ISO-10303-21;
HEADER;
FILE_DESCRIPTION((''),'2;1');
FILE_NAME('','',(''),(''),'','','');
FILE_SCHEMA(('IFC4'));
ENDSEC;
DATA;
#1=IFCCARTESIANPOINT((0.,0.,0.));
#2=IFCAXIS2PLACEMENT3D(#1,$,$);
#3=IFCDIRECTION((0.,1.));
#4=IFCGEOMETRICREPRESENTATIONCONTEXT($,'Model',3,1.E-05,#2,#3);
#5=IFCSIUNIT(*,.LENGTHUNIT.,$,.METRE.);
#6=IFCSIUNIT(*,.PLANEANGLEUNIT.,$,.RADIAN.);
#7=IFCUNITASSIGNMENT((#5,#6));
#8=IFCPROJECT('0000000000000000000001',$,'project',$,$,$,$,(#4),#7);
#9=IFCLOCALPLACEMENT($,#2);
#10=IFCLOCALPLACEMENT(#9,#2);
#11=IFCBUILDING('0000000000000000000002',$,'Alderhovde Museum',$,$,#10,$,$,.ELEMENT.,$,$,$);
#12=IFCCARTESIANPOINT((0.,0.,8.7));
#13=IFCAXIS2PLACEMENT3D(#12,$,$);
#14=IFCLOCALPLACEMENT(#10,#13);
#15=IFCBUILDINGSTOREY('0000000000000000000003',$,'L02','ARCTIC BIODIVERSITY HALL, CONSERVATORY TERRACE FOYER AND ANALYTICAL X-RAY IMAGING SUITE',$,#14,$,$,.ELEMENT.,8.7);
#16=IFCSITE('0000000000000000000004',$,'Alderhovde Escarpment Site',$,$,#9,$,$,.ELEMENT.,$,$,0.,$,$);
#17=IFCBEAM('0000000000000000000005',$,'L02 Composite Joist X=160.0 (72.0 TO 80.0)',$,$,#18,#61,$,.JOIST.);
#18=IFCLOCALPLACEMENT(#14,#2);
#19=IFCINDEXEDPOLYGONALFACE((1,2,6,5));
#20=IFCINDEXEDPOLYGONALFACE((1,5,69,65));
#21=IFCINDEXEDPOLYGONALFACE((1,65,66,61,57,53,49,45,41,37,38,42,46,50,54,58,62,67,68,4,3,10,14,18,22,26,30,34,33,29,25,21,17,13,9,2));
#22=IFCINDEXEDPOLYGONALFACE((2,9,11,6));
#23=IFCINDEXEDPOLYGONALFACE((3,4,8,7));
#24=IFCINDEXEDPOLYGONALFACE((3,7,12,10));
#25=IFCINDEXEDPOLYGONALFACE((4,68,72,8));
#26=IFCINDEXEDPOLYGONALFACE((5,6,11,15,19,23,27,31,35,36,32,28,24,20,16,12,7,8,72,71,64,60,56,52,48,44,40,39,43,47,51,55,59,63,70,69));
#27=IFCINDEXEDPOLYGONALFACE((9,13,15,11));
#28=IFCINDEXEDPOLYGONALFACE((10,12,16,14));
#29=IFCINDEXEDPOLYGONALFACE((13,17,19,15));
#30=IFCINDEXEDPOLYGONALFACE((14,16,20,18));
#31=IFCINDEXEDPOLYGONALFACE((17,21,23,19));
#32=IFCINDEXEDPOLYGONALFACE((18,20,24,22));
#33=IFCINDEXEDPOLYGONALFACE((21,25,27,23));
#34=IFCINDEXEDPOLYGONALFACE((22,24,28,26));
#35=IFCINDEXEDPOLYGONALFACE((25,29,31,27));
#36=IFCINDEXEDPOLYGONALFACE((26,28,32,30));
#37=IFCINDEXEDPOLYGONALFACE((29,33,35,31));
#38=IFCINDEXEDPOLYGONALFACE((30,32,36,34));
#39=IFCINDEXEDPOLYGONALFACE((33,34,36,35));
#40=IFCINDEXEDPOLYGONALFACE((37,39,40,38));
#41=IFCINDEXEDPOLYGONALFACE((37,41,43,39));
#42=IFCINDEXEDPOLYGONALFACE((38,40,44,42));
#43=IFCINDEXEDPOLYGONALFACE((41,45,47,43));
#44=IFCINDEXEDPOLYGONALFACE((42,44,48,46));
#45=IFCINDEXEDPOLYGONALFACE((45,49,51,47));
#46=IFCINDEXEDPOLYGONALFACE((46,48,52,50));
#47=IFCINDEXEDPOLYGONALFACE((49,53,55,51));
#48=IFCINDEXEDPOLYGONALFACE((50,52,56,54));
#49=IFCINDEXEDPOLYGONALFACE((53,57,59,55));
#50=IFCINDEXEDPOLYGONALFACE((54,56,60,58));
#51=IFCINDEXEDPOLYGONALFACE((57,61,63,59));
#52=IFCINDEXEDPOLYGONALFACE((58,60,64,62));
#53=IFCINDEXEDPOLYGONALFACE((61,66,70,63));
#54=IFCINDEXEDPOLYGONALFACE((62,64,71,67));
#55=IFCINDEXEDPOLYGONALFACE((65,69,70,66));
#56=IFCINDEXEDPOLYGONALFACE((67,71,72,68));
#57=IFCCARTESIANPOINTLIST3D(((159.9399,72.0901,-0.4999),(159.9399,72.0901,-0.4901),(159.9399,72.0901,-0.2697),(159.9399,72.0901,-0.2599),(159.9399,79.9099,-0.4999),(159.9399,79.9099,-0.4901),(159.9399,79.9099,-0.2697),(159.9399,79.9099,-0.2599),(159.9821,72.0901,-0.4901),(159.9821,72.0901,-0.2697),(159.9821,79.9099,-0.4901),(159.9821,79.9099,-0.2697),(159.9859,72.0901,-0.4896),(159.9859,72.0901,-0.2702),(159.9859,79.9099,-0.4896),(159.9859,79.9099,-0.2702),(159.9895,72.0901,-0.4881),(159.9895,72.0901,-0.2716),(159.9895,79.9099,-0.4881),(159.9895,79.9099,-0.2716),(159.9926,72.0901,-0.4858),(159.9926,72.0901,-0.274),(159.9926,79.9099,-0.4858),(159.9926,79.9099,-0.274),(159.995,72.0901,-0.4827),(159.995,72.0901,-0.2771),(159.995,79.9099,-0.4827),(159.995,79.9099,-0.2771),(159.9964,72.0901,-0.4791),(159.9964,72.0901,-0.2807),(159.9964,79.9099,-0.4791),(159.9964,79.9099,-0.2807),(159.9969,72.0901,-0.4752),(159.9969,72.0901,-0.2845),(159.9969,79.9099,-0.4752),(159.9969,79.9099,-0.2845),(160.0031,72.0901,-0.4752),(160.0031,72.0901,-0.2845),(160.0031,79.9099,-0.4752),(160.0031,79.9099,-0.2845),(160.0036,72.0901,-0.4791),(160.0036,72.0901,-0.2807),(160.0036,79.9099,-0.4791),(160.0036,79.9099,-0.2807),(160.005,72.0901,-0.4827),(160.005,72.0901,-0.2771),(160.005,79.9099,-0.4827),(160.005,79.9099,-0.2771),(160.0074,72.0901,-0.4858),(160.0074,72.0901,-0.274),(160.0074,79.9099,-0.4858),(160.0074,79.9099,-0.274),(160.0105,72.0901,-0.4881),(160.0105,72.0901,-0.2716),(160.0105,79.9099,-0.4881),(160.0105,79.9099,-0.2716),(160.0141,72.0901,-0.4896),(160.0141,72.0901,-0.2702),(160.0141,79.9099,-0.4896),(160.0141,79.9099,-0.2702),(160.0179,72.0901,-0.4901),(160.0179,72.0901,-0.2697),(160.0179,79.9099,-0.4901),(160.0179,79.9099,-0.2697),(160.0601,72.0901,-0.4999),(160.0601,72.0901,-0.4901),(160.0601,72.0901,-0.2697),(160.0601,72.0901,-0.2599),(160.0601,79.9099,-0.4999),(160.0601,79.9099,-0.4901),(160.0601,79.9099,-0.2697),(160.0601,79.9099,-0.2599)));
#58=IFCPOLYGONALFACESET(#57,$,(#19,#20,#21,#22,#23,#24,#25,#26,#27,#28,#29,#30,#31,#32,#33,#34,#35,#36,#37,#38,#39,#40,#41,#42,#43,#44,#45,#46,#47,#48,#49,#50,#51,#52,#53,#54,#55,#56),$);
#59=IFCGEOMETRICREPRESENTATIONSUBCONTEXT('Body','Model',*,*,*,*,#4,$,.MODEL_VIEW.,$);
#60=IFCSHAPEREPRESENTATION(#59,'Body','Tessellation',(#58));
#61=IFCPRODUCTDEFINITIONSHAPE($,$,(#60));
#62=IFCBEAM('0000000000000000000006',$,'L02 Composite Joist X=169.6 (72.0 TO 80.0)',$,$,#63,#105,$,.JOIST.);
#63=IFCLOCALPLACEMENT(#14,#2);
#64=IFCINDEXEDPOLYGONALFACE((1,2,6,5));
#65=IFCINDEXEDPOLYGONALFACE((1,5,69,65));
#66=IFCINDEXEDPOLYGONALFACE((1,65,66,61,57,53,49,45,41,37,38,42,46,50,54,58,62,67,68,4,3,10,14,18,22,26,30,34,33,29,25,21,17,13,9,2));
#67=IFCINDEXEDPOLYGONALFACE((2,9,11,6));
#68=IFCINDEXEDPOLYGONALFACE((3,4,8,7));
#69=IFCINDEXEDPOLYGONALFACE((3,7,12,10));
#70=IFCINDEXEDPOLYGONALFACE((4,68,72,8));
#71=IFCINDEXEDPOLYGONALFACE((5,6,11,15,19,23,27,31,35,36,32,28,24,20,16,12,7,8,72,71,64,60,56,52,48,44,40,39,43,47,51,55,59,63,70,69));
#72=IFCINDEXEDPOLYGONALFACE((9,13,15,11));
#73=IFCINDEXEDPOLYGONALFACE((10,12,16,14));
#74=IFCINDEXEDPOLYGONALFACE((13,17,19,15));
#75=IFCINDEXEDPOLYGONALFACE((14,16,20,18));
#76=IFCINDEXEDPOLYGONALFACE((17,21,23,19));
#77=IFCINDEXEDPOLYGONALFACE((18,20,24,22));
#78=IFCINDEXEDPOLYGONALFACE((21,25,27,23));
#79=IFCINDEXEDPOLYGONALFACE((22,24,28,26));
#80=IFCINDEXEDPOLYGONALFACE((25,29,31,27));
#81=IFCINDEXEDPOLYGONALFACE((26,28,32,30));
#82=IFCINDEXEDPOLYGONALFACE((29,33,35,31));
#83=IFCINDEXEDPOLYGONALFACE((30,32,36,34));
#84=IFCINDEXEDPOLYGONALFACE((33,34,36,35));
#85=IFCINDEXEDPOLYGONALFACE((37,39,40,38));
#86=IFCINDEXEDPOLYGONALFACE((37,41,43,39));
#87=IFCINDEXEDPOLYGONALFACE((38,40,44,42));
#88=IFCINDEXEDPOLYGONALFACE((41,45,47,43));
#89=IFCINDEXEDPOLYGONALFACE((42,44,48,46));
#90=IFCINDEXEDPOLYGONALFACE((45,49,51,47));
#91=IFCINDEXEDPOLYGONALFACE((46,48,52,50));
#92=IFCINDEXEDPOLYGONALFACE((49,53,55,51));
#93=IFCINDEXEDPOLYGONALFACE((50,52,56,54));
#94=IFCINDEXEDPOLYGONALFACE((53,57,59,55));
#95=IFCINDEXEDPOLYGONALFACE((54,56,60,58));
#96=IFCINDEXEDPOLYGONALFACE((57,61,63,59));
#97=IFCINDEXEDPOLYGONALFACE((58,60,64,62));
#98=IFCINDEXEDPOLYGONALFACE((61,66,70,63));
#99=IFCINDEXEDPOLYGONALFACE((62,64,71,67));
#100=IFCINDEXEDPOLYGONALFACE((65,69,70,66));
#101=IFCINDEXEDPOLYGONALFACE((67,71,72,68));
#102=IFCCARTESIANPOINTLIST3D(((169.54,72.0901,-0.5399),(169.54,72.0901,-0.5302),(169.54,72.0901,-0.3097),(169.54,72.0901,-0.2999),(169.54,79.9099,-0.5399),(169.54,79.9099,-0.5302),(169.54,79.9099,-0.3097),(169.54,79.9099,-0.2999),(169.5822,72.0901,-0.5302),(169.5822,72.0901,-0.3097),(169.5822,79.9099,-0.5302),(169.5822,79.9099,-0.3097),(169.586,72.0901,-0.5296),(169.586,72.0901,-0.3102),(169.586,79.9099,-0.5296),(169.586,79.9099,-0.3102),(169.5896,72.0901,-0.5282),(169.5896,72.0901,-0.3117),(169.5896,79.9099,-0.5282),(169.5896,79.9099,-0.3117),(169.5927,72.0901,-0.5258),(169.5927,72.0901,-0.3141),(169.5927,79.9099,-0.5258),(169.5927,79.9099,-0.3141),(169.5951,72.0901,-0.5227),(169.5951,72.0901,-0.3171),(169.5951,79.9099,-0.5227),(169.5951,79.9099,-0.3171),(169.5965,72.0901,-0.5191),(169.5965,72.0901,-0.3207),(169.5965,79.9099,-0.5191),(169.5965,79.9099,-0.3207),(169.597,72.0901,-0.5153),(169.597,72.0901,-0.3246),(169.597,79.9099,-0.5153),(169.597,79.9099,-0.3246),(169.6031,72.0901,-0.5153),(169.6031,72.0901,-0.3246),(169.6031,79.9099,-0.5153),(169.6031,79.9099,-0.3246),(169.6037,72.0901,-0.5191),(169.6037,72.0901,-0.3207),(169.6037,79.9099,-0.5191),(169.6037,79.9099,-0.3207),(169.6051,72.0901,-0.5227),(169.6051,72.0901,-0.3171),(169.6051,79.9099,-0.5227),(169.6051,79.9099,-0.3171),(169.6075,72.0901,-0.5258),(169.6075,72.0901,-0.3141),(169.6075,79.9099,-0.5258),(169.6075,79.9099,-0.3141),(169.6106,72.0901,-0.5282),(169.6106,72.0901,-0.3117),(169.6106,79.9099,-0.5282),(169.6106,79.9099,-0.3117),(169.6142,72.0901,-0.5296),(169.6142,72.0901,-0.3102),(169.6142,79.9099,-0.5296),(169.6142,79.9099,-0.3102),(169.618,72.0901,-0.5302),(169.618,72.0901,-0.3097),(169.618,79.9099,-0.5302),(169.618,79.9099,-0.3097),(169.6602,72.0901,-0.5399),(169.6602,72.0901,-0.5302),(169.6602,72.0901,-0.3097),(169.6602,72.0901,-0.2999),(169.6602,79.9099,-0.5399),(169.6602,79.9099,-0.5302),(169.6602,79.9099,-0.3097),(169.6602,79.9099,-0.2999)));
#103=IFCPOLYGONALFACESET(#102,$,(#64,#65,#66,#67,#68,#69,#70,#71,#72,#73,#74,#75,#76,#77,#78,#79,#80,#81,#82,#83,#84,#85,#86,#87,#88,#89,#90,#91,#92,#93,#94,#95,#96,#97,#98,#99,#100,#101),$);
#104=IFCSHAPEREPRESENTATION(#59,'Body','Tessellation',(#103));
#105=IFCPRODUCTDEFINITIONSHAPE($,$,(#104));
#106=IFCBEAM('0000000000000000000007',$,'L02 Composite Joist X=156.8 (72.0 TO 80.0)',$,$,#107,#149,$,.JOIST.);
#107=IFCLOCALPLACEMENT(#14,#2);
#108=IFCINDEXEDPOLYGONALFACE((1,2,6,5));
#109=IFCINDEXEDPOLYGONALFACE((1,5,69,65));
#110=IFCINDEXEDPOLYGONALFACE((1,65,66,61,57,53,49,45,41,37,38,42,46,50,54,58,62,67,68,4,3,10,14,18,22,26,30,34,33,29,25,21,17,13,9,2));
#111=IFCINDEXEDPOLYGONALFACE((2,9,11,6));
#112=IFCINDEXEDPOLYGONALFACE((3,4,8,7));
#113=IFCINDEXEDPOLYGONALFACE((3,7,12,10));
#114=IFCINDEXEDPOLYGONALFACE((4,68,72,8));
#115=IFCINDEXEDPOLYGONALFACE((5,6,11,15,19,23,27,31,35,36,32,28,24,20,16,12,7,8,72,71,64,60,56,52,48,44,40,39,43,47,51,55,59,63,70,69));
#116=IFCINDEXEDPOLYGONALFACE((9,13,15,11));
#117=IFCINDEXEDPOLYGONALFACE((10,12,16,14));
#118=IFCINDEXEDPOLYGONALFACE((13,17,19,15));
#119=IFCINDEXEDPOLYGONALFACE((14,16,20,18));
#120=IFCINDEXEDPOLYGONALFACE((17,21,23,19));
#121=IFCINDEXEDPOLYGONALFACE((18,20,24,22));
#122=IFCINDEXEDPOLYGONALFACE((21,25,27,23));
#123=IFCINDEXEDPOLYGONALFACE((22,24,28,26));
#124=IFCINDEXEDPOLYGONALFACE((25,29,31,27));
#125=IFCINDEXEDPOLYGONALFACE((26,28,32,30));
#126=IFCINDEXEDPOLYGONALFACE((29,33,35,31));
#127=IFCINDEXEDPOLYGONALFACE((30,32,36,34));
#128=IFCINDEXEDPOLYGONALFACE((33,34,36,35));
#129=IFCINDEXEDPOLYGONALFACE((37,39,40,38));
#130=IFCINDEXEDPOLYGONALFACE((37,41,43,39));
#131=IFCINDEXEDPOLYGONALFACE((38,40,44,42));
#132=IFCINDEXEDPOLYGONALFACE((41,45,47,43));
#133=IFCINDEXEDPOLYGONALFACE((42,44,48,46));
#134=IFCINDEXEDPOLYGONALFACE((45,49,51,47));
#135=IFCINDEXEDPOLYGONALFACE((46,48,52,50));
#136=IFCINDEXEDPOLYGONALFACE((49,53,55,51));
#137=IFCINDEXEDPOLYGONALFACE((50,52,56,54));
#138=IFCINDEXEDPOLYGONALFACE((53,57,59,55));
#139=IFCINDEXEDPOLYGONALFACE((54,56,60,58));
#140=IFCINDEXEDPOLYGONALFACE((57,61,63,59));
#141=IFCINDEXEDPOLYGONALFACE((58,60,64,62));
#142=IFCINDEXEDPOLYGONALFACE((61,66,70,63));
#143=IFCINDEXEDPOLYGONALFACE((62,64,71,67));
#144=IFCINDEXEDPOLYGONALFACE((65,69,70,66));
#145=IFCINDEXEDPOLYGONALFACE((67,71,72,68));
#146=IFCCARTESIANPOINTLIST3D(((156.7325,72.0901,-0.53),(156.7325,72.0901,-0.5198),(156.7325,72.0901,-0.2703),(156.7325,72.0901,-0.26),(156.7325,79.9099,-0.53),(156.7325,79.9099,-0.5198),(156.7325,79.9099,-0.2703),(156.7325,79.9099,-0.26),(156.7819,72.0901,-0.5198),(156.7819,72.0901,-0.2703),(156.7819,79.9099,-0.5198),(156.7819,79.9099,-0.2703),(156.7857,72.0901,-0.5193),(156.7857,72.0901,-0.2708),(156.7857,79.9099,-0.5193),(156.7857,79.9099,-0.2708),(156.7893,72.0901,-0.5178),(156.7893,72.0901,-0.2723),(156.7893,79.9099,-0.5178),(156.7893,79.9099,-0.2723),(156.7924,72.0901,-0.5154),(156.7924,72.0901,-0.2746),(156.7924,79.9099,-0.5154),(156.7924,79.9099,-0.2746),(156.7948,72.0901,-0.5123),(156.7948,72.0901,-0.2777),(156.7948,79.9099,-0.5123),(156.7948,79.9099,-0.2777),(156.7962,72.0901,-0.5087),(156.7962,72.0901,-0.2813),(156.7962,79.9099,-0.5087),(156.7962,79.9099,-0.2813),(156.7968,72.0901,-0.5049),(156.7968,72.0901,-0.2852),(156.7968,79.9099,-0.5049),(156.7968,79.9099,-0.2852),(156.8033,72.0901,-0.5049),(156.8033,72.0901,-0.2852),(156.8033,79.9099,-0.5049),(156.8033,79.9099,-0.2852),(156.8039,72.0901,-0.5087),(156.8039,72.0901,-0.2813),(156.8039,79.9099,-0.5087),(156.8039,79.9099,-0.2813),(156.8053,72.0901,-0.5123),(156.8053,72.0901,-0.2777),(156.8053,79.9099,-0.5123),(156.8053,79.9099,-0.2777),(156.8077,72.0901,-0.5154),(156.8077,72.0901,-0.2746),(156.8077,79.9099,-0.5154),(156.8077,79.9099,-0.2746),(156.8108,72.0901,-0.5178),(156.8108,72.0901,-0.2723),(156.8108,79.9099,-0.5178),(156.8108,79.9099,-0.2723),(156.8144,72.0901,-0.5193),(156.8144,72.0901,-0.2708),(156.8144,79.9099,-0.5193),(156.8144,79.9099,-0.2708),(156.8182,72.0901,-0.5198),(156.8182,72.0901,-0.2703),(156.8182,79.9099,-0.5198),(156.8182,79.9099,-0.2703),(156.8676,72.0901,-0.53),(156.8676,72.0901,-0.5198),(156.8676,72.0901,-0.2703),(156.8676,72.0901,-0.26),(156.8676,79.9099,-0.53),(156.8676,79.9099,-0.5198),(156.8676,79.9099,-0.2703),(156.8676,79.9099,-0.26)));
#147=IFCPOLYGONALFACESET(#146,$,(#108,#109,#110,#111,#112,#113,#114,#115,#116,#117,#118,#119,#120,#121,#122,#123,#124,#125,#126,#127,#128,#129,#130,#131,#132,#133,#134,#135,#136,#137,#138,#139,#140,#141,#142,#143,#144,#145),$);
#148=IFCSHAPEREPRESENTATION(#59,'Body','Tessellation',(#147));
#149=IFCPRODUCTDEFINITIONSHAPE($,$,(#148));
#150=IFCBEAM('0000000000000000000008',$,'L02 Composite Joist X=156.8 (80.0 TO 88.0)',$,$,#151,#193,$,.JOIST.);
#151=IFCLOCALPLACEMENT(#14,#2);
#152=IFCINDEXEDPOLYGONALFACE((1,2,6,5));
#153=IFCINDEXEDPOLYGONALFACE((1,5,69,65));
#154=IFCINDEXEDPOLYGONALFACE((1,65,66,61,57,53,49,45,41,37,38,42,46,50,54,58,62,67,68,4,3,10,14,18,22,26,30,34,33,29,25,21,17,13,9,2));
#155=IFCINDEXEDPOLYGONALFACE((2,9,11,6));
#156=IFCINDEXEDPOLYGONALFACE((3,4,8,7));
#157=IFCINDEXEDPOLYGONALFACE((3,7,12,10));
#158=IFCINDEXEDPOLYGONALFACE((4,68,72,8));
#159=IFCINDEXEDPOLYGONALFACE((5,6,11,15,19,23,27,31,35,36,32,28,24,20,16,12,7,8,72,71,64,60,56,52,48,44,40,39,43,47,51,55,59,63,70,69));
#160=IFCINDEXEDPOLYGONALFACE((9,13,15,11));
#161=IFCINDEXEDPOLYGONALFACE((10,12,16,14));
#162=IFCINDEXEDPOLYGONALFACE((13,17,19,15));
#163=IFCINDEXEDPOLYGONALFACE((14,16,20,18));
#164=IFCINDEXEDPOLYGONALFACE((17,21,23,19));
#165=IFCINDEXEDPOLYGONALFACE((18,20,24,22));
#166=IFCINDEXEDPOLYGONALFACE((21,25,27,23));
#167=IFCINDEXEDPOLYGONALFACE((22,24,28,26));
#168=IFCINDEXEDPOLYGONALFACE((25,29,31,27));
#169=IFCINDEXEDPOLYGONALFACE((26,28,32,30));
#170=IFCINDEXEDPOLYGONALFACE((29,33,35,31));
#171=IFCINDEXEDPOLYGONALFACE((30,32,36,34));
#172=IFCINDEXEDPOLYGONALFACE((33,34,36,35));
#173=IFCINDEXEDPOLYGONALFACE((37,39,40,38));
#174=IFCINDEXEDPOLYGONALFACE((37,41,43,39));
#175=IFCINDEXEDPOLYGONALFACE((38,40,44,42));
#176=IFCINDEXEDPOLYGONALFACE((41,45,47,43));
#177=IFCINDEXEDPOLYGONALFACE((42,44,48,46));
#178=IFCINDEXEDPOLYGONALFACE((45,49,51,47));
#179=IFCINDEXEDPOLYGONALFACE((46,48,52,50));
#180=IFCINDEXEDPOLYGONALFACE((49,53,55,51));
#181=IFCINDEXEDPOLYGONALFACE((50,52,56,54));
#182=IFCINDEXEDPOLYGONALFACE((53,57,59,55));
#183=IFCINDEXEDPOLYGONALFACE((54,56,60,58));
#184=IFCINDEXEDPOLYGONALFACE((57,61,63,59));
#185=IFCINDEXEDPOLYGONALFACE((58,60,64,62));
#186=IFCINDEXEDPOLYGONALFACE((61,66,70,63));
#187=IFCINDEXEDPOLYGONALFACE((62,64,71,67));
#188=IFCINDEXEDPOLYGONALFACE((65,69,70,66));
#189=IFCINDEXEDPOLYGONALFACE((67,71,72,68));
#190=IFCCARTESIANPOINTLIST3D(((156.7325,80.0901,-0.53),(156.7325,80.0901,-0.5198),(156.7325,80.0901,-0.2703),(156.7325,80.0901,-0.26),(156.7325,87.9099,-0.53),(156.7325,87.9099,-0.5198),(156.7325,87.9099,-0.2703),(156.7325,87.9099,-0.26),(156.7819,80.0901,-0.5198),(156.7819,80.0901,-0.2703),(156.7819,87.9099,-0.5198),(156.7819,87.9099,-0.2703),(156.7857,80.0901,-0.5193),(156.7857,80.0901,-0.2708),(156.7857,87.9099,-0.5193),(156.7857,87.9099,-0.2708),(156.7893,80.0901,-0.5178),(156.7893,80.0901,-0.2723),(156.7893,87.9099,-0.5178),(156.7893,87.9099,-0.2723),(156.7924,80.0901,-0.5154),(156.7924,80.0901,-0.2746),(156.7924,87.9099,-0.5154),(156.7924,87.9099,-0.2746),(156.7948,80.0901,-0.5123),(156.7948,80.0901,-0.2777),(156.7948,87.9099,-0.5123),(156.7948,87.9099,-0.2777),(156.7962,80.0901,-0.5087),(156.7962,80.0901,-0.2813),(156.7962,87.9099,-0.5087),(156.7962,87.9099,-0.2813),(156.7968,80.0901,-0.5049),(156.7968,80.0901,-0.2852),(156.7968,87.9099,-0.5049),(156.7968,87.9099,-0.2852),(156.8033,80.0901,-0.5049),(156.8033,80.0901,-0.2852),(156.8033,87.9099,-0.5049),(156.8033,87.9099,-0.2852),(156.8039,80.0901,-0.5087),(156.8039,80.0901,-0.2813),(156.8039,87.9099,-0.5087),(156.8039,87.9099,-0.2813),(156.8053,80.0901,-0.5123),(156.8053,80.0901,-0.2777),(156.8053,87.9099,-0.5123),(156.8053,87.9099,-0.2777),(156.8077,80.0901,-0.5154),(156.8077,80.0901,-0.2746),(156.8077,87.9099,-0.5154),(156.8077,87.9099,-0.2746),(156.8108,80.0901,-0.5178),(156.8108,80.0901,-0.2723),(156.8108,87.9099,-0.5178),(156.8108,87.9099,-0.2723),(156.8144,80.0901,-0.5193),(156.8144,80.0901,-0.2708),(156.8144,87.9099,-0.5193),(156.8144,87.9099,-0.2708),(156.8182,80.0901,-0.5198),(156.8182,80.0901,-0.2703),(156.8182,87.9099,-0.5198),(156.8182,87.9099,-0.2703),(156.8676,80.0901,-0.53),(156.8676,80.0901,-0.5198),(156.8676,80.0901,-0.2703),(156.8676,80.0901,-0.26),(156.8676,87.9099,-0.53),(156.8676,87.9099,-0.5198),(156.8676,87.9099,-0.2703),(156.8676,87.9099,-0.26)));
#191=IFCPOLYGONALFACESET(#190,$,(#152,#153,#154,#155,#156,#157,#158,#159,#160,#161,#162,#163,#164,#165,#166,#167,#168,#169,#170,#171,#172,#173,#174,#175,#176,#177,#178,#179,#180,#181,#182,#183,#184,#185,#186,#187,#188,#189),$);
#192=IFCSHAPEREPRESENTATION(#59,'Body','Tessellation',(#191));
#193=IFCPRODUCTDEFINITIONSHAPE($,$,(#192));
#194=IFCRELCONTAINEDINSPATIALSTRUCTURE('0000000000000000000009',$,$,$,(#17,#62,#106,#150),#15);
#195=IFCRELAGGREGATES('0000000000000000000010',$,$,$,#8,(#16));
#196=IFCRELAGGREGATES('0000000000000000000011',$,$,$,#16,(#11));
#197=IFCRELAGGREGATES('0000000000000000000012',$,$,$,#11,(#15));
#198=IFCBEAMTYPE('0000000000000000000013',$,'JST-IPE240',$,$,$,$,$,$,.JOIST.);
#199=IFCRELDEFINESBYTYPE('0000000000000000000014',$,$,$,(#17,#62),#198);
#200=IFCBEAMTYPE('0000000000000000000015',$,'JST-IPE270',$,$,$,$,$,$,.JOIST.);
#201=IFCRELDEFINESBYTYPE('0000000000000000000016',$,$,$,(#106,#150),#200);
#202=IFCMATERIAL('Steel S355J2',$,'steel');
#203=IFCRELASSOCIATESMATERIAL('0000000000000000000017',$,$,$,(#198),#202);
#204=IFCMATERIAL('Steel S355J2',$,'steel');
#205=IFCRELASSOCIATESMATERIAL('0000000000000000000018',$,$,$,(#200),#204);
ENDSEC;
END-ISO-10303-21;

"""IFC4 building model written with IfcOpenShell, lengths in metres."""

from ifc_helpers import new_model, si_unit, direction, frame, origin, origin_2d, place, context, subcontext, project, spatial, i_section, extrude, material, material_profile, profile_set, type_object, element, save


model = new_model("IFC4")

# Units and contexts
model_context = context("Model", 3, precision=1e-05, world=origin(), true_north=direction((0.0, 1.0)))
body_context = subcontext(model_context, "Body", "Model", "MODEL_VIEW")
ifc_project = project(units=[si_unit("LENGTHUNIT", "METRE"), si_unit("PLANEANGLEUNIT", "RADIAN")], contexts=[model_context])

# Site, building, storey
site_placement = place(None, origin())
site = spatial("IfcSite", under=ifc_project, at=site_placement, Name="Alderhovde Escarpment Site", CompositionType="ELEMENT", RefElevation=0.0)
building_placement = place(site_placement, origin())
building = spatial("IfcBuilding", under=site, at=building_placement, Name="Alderhovde Museum", CompositionType="ELEMENT")
storey_placement = place(building_placement, frame((0.0, 0.0, 8.7)))
storey = spatial("IfcBuildingStorey", under=building, at=storey_placement, Name="L02", Description="ARCTIC BIODIVERSITY HALL, CONSERVATORY TERRACE FOYER AND ANALYTICAL X-RAY IMAGING SUITE", CompositionType="ELEMENT", Elevation=8.7)

# Beams
ifc_material_1 = material(Name="Steel S355J2", Category="steel")
ifc_material_profile_1 = material_profile(ifc_material_1, i_section(OverallWidth=0.1201, OverallDepth=0.24, WebThickness=0.0061, FlangeThickness=0.0098, FilletRadius=0.0149, at=origin_2d()), Name="IPE 240")
ifc_profile_set_1 = profile_set([ifc_material_profile_1], Name="Steel S355J2")
beam_type_1 = type_object("IfcBeamType", Name="JST-IPE240", PredefinedType="JOIST", material=ifc_profile_set_1)
for number, where, z_axis, x_axis, name in (
    (1, (160.0, 72.0901, -0.3799), (0.0, 1.0, 0.0), (-1.0, 0.0, 0.0), "L02 Composite Joist X=160.0 (72.0 TO 80.0)"),
    (2, (169.6001, 72.0901, -0.4199), (0.0, 1.0, 0.0), (-1.0, 0.0, 0.0), "L02 Composite Joist X=169.6 (72.0 TO 80.0)"),
):
    element("IfcBeam", number, at=place(storey_placement, frame(where, z_axis=z_axis, x_axis=x_axis)), inside=storey, type_object=beam_type_1, Name=name, PredefinedType="JOIST", context=body_context, shape_type="SweptSolid", body=[
        extrude(i_section(OverallWidth=0.1201, OverallDepth=0.24, WebThickness=0.0061, FlangeThickness=0.0098, FilletRadius=0.0149, at=origin_2d()), origin(), (0.0, 0.0, 1.0), 7.8198),
    ])
ifc_material_2 = material(Name="Steel S355J2", Category="steel")
ifc_material_profile_2 = material_profile(ifc_material_2, i_section(OverallWidth=0.135, OverallDepth=0.27, WebThickness=0.0066, FlangeThickness=0.0103, FilletRadius=0.0149, at=origin_2d()), Name="IPE 270")
ifc_profile_set_2 = profile_set([ifc_material_profile_2], Name="Steel S355J2")
beam_type_2 = type_object("IfcBeamType", Name="JST-IPE270", PredefinedType="JOIST", material=ifc_profile_set_2)
for number, where, z_axis, x_axis, name in (
    (3, (156.8, 72.0901, -0.395), (0.0, 1.0, 0.0), (-1.0, 0.0, 0.0), "L02 Composite Joist X=156.8 (72.0 TO 80.0)"),
    (4, (156.8, 80.0901, -0.395), (0.0, 1.0, 0.0), (-1.0, 0.0, 0.0), "L02 Composite Joist X=156.8 (80.0 TO 88.0)"),
):
    element("IfcBeam", number, at=place(storey_placement, frame(where, z_axis=z_axis, x_axis=x_axis)), inside=storey, type_object=beam_type_2, Name=name, PredefinedType="JOIST", context=body_context, shape_type="SweptSolid", body=[
        extrude(i_section(OverallWidth=0.135, OverallDepth=0.27, WebThickness=0.0066, FlangeThickness=0.0103, FilletRadius=0.0149, at=origin_2d()), origin(), (0.0, 0.0, 1.0), 7.8198),
    ])

save(model, "model.ifc")
